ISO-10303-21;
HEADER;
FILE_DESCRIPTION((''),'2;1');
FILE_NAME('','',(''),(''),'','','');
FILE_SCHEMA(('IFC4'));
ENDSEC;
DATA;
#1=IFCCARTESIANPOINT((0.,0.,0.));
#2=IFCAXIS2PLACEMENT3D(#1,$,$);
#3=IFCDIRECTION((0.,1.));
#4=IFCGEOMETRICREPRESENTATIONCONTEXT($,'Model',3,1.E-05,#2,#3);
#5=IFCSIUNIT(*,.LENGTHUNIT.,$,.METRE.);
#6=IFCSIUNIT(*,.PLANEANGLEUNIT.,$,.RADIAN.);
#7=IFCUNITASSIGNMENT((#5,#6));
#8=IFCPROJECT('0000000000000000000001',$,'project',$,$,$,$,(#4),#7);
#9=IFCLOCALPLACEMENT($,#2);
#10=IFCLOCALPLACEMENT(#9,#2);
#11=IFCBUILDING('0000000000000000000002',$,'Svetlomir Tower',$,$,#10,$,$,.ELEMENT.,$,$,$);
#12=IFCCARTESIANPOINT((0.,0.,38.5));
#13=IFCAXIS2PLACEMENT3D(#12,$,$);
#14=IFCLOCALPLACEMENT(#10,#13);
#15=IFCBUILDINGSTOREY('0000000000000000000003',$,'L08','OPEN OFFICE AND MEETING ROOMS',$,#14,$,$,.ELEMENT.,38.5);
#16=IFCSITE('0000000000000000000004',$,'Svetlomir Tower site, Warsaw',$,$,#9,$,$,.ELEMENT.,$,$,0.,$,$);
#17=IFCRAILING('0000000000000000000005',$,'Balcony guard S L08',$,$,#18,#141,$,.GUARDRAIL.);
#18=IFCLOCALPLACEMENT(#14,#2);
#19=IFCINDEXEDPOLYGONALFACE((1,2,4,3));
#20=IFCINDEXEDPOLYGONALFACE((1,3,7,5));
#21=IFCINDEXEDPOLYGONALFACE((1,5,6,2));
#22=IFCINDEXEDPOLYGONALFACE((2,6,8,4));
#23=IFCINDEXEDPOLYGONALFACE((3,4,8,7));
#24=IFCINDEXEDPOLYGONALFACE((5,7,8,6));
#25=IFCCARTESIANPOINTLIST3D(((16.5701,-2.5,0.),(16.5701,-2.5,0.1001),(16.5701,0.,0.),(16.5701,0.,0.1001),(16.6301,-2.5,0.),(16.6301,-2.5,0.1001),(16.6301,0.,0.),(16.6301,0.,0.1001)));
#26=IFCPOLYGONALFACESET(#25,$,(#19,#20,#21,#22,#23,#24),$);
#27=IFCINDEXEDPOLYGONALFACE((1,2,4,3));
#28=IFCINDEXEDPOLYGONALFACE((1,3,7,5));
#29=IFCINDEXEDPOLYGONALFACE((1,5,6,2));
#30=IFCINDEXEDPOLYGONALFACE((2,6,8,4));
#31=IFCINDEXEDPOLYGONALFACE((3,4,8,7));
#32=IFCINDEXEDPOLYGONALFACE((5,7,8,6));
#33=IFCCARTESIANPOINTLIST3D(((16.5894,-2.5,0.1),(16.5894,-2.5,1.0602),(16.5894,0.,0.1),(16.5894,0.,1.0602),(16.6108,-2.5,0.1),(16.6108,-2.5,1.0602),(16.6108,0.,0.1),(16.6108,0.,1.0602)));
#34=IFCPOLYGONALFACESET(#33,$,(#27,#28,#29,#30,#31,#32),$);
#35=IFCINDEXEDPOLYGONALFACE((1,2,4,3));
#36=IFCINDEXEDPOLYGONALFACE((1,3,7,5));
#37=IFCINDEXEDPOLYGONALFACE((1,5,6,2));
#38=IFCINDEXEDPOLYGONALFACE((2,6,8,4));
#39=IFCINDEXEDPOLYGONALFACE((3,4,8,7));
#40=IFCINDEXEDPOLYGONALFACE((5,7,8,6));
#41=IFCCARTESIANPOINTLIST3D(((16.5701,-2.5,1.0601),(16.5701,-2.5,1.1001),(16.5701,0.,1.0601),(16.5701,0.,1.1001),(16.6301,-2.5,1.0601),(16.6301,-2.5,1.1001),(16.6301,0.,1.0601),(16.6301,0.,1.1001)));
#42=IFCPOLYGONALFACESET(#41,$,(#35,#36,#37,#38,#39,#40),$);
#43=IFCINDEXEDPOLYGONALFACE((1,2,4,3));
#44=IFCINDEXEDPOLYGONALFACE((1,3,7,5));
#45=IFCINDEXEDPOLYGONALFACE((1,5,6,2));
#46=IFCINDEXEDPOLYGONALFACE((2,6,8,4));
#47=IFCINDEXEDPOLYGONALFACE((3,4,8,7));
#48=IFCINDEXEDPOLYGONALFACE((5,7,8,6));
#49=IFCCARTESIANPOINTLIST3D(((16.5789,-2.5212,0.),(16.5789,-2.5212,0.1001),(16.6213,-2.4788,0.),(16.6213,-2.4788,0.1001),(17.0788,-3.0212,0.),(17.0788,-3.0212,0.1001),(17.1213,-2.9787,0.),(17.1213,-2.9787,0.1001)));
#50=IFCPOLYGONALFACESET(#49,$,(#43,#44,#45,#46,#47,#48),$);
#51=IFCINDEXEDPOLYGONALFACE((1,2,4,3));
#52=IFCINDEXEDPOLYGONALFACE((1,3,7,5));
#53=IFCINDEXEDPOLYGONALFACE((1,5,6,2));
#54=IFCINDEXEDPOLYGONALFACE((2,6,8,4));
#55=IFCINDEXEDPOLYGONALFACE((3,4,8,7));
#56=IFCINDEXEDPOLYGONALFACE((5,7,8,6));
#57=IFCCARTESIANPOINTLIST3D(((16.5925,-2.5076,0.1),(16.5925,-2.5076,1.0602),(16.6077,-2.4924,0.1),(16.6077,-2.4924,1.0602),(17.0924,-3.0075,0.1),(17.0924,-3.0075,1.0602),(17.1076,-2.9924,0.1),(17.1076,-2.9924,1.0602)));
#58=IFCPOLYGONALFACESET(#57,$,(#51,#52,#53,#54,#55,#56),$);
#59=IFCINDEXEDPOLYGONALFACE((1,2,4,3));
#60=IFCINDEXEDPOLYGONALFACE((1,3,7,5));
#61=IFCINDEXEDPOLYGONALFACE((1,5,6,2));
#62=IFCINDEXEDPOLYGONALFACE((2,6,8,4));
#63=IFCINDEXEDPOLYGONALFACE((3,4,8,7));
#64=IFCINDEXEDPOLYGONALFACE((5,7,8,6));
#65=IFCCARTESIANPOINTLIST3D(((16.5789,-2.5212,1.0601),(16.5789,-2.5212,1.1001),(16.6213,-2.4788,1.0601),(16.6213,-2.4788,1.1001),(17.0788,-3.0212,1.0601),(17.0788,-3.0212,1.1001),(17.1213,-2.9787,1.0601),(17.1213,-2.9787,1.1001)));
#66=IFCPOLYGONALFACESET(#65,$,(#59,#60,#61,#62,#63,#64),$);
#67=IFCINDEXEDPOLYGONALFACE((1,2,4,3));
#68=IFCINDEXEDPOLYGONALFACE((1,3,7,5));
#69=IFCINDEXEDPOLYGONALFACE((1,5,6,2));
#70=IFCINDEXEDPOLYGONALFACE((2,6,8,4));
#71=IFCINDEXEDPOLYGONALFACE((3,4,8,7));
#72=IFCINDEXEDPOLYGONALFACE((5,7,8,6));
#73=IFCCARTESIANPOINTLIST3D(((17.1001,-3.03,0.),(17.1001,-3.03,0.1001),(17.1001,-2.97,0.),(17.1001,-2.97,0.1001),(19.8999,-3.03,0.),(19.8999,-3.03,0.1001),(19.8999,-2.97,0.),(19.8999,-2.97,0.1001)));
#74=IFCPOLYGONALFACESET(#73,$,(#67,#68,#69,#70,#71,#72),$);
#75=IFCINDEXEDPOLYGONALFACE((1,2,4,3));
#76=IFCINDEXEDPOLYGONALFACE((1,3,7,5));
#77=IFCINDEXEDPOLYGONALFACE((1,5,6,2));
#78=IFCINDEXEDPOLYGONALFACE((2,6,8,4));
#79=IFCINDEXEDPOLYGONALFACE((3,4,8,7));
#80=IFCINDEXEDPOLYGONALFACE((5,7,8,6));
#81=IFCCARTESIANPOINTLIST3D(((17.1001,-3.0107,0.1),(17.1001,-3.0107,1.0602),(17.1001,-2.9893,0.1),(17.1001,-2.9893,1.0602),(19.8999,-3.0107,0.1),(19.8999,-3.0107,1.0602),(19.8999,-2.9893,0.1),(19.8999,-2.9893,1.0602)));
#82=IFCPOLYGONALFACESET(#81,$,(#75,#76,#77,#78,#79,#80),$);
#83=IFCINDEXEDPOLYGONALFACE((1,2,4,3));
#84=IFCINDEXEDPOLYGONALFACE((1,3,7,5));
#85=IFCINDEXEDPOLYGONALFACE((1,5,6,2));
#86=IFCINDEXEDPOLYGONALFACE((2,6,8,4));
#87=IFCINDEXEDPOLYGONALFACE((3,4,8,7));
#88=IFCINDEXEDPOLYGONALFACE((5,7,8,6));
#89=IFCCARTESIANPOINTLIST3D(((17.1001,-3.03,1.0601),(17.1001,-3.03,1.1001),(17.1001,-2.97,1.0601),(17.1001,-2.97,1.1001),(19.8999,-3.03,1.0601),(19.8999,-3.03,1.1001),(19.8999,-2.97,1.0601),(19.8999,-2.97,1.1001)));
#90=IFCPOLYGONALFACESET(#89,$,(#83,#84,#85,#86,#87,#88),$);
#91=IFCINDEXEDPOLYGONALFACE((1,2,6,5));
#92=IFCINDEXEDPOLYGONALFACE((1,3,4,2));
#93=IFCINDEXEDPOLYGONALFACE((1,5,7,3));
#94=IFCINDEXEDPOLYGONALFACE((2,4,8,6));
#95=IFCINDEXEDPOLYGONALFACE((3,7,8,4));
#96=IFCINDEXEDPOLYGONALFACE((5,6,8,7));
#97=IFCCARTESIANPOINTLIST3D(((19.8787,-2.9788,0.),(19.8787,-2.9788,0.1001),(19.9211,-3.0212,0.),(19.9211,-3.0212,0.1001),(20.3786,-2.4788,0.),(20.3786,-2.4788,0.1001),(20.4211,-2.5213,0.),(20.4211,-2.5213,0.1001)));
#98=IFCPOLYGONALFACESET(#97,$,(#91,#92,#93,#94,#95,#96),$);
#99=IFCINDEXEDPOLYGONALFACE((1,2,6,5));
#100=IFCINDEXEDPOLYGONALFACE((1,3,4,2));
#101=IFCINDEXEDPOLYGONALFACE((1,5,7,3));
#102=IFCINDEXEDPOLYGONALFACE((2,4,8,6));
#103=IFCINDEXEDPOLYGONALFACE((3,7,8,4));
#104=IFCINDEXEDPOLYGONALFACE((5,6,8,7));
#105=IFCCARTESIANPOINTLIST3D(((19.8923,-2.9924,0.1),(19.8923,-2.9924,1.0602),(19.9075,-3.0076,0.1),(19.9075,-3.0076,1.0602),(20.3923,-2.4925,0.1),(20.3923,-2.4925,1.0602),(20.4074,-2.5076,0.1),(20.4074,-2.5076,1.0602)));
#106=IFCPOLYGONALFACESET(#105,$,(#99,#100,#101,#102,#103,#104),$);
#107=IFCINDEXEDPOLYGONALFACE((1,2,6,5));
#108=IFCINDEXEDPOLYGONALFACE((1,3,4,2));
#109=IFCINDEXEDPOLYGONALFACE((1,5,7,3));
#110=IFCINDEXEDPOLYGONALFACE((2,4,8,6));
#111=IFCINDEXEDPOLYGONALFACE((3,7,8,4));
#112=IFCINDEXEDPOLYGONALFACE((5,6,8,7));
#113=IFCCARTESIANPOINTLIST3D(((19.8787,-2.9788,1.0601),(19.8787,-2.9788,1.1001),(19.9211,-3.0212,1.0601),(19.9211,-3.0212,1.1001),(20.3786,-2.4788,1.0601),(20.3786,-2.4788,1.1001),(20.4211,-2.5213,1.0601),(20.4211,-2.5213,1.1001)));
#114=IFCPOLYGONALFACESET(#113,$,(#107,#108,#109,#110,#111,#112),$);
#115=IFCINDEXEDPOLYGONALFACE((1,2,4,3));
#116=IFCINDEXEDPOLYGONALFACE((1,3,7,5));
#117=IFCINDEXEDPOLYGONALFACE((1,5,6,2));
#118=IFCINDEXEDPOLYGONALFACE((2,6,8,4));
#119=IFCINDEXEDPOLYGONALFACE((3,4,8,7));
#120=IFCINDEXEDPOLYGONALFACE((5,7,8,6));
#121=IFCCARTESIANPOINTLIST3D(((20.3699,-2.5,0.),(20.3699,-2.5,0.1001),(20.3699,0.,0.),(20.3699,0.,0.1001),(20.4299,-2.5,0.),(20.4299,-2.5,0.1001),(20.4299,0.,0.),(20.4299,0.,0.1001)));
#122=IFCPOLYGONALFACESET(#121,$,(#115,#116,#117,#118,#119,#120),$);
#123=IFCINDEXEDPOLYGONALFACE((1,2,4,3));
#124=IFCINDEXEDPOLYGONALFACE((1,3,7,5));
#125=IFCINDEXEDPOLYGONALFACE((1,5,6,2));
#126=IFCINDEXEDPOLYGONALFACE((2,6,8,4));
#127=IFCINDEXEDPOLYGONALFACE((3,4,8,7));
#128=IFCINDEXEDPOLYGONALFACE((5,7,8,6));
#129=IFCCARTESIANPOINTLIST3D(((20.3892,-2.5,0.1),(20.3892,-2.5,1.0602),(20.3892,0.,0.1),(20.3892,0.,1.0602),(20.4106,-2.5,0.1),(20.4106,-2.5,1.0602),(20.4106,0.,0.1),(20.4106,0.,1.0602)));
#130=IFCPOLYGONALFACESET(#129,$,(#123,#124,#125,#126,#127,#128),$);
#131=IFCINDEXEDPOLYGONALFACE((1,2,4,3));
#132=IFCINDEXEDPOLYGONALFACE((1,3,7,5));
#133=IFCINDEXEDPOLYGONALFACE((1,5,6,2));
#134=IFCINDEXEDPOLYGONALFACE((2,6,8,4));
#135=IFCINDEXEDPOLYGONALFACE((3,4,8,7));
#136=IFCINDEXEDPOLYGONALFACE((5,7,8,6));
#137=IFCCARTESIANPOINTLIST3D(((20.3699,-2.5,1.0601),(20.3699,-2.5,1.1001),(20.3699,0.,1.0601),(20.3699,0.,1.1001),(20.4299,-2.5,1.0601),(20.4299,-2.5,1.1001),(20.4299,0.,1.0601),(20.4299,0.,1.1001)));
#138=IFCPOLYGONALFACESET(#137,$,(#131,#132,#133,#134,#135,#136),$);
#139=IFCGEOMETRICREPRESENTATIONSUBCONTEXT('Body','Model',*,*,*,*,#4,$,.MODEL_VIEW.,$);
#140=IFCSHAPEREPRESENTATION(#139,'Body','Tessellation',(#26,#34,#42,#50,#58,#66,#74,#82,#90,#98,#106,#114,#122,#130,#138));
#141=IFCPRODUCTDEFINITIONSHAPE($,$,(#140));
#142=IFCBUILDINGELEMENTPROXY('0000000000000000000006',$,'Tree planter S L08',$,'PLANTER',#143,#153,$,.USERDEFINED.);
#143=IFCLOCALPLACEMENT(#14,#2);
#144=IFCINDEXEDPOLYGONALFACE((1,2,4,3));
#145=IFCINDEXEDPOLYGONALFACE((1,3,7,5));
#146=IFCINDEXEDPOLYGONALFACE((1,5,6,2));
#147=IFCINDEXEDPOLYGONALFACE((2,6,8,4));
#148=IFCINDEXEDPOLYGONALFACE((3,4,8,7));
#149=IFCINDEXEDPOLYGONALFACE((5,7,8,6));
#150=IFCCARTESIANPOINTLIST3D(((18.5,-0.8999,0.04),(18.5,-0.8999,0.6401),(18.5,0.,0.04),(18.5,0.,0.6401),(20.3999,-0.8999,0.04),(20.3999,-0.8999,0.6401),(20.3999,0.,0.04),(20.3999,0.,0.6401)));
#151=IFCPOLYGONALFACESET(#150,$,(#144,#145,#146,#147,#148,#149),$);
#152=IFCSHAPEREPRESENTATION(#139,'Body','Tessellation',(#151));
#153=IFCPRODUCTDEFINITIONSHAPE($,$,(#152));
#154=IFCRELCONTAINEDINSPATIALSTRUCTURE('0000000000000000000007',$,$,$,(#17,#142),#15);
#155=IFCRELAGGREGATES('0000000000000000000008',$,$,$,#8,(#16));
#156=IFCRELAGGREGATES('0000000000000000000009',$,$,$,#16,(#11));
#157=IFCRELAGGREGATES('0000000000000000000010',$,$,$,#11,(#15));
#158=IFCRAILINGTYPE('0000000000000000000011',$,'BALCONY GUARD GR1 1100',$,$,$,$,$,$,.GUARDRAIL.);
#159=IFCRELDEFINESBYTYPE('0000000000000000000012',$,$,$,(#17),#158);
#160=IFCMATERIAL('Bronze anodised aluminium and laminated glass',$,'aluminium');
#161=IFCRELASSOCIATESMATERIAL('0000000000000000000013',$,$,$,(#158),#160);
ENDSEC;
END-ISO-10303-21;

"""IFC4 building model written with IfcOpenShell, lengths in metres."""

from ifc_helpers import new_model, si_unit, direction, frame, origin, origin_2d, place, context, subcontext, project, spatial, rectangle, extrude, material, type_object, element, save


model = new_model("IFC4")

# Units and contexts
model_context = context("Model", 3, precision=1e-05, world=origin(), true_north=direction((0.0, 1.0)))
body_context = subcontext(model_context, "Body", "Model", "MODEL_VIEW")
ifc_project = project(units=[si_unit("LENGTHUNIT", "METRE"), si_unit("PLANEANGLEUNIT", "RADIAN")], contexts=[model_context])

# Site, building, storey
site_placement = place(None, origin())
site = spatial("IfcSite", under=ifc_project, at=site_placement, Name="Svetlomir Tower site, Warsaw", CompositionType="ELEMENT", RefElevation=0.0)
building_placement = place(site_placement, origin())
building = spatial("IfcBuilding", under=site, at=building_placement, Name="Svetlomir Tower", CompositionType="ELEMENT")
storey_placement = place(building_placement, frame((0.0, 0.0, 38.5)))
storey = spatial("IfcBuildingStorey", under=building, at=storey_placement, Name="L08", Description="OPEN OFFICE AND MEETING ROOMS", CompositionType="ELEMENT", Elevation=38.5)

# Railing
ifc_material_1 = material(Name="Bronze anodised aluminium and laminated glass", Category="aluminium")
railing_type = type_object("IfcRailingType", Name="BALCONY GUARD GR1 1100", PredefinedType="GUARDRAIL", material=ifc_material_1)
railing_placement = place(storey_placement, frame((16.6001, 0.0, 0.0)))
element("IfcRailing", 1, at=railing_placement, inside=storey, type_object=railing_type, Name="Balcony guard S L08", PredefinedType="GUARDRAIL", context=body_context, shape_type="SweptSolid", body=[
    extrude(rectangle(XDim=0.0601, YDim=0.1001, at=origin_2d()), frame((0.0, 0.0, 0.05), z_axis=(0.0, -1.0, 0.0), x_axis=(1.0, 0.0, 0.0)), (0.0, 0.0, 1.0), 2.5),
    extrude(rectangle(XDim=0.0215, YDim=0.9602, at=origin_2d()), frame((0.0, 0.0, 0.5801), z_axis=(0.0, -1.0, 0.0), x_axis=(1.0, 0.0, 0.0)), (0.0, 0.0, 1.0), 2.5),
    extrude(rectangle(XDim=0.0601, YDim=0.04, at=origin_2d()), frame((0.0, 0.0, 1.0801), z_axis=(0.0, -1.0, 0.0), x_axis=(1.0, 0.0, 0.0)), (0.0, 0.0, 1.0), 2.5),
    extrude(rectangle(XDim=0.0601, YDim=0.1001, at=origin_2d()), frame((0.0, -2.5, 0.05), z_axis=(0.707107, -0.707107, 0.0), x_axis=(0.707107, 0.707107, 0.0)), (0.0, 0.0, 1.0), 0.707),
    extrude(rectangle(XDim=0.0215, YDim=0.9602, at=origin_2d()), frame((0.0, -2.5, 0.5801), z_axis=(0.707107, -0.707107, 0.0), x_axis=(0.707107, 0.707107, 0.0)), (0.0, 0.0, 1.0), 0.707),
    extrude(rectangle(XDim=0.0601, YDim=0.04, at=origin_2d()), frame((0.0, -2.5, 1.0801), z_axis=(0.707107, -0.707107, 0.0), x_axis=(0.707107, 0.707107, 0.0)), (0.0, 0.0, 1.0), 0.707),
    extrude(rectangle(XDim=0.0601, YDim=0.1001, at=origin_2d()), frame((0.5, -3.0, 0.05), z_axis=(1.0, 0.0, 0.0), x_axis=(0.0, 1.0, 0.0)), (0.0, 0.0, 1.0), 2.7998),
    extrude(rectangle(XDim=0.0215, YDim=0.9602, at=origin_2d()), frame((0.5, -3.0, 0.5801), z_axis=(1.0, 0.0, 0.0), x_axis=(0.0, 1.0, 0.0)), (0.0, 0.0, 1.0), 2.7998),
    extrude(rectangle(XDim=0.0601, YDim=0.04, at=origin_2d()), frame((0.5, -3.0, 1.0801), z_axis=(1.0, 0.0, 0.0), x_axis=(0.0, 1.0, 0.0)), (0.0, 0.0, 1.0), 2.7998),
    extrude(rectangle(XDim=0.0601, YDim=0.1001, at=origin_2d()), frame((3.2998, -3.0, 0.05), z_axis=(0.707107, 0.707107, 0.0), x_axis=(-0.707107, 0.707107, 0.0)), (0.0, 0.0, 1.0), 0.707),
    extrude(rectangle(XDim=0.0215, YDim=0.9602, at=origin_2d()), frame((3.2998, -3.0, 0.5801), z_axis=(0.707107, 0.707107, 0.0), x_axis=(-0.707107, 0.707107, 0.0)), (0.0, 0.0, 1.0), 0.707),
    extrude(rectangle(XDim=0.0601, YDim=0.04, at=origin_2d()), frame((3.2998, -3.0, 1.0801), z_axis=(0.707107, 0.707107, 0.0), x_axis=(-0.707107, 0.707107, 0.0)), (0.0, 0.0, 1.0), 0.707),
    extrude(rectangle(XDim=0.0601, YDim=0.1001, at=origin_2d()), frame((3.7998, -2.5, 0.05), z_axis=(0.0, 1.0, 0.0), x_axis=(-1.0, 0.0, 0.0)), (0.0, 0.0, 1.0), 2.5),
    extrude(rectangle(XDim=0.0215, YDim=0.9602, at=origin_2d()), frame((3.7998, -2.5, 0.5801), z_axis=(0.0, 1.0, 0.0), x_axis=(-1.0, 0.0, 0.0)), (0.0, 0.0, 1.0), 2.5),
    extrude(rectangle(XDim=0.0601, YDim=0.04, at=origin_2d()), frame((3.7998, -2.5, 1.0801), z_axis=(0.0, 1.0, 0.0), x_axis=(-1.0, 0.0, 0.0)), (0.0, 0.0, 1.0), 2.5),
])

# Building element proxy
proxy_placement = place(storey_placement, frame((19.45, -0.45, 0.04), z_axis=(0.0, 0.0, 1.0), x_axis=(1.0, 0.0, 0.0)))
element("IfcBuildingElementProxy", 2, at=proxy_placement, inside=storey, Name="Tree planter S L08", ObjectType="PLANTER", PredefinedType="USERDEFINED", context=body_context, shape_type="SweptSolid", body=[
    extrude(rectangle(XDim=1.8999, YDim=0.8999, at=origin_2d()), origin(), (0.0, 0.0, 1.0), 0.6001),
])

save(model, "model.ifc")
